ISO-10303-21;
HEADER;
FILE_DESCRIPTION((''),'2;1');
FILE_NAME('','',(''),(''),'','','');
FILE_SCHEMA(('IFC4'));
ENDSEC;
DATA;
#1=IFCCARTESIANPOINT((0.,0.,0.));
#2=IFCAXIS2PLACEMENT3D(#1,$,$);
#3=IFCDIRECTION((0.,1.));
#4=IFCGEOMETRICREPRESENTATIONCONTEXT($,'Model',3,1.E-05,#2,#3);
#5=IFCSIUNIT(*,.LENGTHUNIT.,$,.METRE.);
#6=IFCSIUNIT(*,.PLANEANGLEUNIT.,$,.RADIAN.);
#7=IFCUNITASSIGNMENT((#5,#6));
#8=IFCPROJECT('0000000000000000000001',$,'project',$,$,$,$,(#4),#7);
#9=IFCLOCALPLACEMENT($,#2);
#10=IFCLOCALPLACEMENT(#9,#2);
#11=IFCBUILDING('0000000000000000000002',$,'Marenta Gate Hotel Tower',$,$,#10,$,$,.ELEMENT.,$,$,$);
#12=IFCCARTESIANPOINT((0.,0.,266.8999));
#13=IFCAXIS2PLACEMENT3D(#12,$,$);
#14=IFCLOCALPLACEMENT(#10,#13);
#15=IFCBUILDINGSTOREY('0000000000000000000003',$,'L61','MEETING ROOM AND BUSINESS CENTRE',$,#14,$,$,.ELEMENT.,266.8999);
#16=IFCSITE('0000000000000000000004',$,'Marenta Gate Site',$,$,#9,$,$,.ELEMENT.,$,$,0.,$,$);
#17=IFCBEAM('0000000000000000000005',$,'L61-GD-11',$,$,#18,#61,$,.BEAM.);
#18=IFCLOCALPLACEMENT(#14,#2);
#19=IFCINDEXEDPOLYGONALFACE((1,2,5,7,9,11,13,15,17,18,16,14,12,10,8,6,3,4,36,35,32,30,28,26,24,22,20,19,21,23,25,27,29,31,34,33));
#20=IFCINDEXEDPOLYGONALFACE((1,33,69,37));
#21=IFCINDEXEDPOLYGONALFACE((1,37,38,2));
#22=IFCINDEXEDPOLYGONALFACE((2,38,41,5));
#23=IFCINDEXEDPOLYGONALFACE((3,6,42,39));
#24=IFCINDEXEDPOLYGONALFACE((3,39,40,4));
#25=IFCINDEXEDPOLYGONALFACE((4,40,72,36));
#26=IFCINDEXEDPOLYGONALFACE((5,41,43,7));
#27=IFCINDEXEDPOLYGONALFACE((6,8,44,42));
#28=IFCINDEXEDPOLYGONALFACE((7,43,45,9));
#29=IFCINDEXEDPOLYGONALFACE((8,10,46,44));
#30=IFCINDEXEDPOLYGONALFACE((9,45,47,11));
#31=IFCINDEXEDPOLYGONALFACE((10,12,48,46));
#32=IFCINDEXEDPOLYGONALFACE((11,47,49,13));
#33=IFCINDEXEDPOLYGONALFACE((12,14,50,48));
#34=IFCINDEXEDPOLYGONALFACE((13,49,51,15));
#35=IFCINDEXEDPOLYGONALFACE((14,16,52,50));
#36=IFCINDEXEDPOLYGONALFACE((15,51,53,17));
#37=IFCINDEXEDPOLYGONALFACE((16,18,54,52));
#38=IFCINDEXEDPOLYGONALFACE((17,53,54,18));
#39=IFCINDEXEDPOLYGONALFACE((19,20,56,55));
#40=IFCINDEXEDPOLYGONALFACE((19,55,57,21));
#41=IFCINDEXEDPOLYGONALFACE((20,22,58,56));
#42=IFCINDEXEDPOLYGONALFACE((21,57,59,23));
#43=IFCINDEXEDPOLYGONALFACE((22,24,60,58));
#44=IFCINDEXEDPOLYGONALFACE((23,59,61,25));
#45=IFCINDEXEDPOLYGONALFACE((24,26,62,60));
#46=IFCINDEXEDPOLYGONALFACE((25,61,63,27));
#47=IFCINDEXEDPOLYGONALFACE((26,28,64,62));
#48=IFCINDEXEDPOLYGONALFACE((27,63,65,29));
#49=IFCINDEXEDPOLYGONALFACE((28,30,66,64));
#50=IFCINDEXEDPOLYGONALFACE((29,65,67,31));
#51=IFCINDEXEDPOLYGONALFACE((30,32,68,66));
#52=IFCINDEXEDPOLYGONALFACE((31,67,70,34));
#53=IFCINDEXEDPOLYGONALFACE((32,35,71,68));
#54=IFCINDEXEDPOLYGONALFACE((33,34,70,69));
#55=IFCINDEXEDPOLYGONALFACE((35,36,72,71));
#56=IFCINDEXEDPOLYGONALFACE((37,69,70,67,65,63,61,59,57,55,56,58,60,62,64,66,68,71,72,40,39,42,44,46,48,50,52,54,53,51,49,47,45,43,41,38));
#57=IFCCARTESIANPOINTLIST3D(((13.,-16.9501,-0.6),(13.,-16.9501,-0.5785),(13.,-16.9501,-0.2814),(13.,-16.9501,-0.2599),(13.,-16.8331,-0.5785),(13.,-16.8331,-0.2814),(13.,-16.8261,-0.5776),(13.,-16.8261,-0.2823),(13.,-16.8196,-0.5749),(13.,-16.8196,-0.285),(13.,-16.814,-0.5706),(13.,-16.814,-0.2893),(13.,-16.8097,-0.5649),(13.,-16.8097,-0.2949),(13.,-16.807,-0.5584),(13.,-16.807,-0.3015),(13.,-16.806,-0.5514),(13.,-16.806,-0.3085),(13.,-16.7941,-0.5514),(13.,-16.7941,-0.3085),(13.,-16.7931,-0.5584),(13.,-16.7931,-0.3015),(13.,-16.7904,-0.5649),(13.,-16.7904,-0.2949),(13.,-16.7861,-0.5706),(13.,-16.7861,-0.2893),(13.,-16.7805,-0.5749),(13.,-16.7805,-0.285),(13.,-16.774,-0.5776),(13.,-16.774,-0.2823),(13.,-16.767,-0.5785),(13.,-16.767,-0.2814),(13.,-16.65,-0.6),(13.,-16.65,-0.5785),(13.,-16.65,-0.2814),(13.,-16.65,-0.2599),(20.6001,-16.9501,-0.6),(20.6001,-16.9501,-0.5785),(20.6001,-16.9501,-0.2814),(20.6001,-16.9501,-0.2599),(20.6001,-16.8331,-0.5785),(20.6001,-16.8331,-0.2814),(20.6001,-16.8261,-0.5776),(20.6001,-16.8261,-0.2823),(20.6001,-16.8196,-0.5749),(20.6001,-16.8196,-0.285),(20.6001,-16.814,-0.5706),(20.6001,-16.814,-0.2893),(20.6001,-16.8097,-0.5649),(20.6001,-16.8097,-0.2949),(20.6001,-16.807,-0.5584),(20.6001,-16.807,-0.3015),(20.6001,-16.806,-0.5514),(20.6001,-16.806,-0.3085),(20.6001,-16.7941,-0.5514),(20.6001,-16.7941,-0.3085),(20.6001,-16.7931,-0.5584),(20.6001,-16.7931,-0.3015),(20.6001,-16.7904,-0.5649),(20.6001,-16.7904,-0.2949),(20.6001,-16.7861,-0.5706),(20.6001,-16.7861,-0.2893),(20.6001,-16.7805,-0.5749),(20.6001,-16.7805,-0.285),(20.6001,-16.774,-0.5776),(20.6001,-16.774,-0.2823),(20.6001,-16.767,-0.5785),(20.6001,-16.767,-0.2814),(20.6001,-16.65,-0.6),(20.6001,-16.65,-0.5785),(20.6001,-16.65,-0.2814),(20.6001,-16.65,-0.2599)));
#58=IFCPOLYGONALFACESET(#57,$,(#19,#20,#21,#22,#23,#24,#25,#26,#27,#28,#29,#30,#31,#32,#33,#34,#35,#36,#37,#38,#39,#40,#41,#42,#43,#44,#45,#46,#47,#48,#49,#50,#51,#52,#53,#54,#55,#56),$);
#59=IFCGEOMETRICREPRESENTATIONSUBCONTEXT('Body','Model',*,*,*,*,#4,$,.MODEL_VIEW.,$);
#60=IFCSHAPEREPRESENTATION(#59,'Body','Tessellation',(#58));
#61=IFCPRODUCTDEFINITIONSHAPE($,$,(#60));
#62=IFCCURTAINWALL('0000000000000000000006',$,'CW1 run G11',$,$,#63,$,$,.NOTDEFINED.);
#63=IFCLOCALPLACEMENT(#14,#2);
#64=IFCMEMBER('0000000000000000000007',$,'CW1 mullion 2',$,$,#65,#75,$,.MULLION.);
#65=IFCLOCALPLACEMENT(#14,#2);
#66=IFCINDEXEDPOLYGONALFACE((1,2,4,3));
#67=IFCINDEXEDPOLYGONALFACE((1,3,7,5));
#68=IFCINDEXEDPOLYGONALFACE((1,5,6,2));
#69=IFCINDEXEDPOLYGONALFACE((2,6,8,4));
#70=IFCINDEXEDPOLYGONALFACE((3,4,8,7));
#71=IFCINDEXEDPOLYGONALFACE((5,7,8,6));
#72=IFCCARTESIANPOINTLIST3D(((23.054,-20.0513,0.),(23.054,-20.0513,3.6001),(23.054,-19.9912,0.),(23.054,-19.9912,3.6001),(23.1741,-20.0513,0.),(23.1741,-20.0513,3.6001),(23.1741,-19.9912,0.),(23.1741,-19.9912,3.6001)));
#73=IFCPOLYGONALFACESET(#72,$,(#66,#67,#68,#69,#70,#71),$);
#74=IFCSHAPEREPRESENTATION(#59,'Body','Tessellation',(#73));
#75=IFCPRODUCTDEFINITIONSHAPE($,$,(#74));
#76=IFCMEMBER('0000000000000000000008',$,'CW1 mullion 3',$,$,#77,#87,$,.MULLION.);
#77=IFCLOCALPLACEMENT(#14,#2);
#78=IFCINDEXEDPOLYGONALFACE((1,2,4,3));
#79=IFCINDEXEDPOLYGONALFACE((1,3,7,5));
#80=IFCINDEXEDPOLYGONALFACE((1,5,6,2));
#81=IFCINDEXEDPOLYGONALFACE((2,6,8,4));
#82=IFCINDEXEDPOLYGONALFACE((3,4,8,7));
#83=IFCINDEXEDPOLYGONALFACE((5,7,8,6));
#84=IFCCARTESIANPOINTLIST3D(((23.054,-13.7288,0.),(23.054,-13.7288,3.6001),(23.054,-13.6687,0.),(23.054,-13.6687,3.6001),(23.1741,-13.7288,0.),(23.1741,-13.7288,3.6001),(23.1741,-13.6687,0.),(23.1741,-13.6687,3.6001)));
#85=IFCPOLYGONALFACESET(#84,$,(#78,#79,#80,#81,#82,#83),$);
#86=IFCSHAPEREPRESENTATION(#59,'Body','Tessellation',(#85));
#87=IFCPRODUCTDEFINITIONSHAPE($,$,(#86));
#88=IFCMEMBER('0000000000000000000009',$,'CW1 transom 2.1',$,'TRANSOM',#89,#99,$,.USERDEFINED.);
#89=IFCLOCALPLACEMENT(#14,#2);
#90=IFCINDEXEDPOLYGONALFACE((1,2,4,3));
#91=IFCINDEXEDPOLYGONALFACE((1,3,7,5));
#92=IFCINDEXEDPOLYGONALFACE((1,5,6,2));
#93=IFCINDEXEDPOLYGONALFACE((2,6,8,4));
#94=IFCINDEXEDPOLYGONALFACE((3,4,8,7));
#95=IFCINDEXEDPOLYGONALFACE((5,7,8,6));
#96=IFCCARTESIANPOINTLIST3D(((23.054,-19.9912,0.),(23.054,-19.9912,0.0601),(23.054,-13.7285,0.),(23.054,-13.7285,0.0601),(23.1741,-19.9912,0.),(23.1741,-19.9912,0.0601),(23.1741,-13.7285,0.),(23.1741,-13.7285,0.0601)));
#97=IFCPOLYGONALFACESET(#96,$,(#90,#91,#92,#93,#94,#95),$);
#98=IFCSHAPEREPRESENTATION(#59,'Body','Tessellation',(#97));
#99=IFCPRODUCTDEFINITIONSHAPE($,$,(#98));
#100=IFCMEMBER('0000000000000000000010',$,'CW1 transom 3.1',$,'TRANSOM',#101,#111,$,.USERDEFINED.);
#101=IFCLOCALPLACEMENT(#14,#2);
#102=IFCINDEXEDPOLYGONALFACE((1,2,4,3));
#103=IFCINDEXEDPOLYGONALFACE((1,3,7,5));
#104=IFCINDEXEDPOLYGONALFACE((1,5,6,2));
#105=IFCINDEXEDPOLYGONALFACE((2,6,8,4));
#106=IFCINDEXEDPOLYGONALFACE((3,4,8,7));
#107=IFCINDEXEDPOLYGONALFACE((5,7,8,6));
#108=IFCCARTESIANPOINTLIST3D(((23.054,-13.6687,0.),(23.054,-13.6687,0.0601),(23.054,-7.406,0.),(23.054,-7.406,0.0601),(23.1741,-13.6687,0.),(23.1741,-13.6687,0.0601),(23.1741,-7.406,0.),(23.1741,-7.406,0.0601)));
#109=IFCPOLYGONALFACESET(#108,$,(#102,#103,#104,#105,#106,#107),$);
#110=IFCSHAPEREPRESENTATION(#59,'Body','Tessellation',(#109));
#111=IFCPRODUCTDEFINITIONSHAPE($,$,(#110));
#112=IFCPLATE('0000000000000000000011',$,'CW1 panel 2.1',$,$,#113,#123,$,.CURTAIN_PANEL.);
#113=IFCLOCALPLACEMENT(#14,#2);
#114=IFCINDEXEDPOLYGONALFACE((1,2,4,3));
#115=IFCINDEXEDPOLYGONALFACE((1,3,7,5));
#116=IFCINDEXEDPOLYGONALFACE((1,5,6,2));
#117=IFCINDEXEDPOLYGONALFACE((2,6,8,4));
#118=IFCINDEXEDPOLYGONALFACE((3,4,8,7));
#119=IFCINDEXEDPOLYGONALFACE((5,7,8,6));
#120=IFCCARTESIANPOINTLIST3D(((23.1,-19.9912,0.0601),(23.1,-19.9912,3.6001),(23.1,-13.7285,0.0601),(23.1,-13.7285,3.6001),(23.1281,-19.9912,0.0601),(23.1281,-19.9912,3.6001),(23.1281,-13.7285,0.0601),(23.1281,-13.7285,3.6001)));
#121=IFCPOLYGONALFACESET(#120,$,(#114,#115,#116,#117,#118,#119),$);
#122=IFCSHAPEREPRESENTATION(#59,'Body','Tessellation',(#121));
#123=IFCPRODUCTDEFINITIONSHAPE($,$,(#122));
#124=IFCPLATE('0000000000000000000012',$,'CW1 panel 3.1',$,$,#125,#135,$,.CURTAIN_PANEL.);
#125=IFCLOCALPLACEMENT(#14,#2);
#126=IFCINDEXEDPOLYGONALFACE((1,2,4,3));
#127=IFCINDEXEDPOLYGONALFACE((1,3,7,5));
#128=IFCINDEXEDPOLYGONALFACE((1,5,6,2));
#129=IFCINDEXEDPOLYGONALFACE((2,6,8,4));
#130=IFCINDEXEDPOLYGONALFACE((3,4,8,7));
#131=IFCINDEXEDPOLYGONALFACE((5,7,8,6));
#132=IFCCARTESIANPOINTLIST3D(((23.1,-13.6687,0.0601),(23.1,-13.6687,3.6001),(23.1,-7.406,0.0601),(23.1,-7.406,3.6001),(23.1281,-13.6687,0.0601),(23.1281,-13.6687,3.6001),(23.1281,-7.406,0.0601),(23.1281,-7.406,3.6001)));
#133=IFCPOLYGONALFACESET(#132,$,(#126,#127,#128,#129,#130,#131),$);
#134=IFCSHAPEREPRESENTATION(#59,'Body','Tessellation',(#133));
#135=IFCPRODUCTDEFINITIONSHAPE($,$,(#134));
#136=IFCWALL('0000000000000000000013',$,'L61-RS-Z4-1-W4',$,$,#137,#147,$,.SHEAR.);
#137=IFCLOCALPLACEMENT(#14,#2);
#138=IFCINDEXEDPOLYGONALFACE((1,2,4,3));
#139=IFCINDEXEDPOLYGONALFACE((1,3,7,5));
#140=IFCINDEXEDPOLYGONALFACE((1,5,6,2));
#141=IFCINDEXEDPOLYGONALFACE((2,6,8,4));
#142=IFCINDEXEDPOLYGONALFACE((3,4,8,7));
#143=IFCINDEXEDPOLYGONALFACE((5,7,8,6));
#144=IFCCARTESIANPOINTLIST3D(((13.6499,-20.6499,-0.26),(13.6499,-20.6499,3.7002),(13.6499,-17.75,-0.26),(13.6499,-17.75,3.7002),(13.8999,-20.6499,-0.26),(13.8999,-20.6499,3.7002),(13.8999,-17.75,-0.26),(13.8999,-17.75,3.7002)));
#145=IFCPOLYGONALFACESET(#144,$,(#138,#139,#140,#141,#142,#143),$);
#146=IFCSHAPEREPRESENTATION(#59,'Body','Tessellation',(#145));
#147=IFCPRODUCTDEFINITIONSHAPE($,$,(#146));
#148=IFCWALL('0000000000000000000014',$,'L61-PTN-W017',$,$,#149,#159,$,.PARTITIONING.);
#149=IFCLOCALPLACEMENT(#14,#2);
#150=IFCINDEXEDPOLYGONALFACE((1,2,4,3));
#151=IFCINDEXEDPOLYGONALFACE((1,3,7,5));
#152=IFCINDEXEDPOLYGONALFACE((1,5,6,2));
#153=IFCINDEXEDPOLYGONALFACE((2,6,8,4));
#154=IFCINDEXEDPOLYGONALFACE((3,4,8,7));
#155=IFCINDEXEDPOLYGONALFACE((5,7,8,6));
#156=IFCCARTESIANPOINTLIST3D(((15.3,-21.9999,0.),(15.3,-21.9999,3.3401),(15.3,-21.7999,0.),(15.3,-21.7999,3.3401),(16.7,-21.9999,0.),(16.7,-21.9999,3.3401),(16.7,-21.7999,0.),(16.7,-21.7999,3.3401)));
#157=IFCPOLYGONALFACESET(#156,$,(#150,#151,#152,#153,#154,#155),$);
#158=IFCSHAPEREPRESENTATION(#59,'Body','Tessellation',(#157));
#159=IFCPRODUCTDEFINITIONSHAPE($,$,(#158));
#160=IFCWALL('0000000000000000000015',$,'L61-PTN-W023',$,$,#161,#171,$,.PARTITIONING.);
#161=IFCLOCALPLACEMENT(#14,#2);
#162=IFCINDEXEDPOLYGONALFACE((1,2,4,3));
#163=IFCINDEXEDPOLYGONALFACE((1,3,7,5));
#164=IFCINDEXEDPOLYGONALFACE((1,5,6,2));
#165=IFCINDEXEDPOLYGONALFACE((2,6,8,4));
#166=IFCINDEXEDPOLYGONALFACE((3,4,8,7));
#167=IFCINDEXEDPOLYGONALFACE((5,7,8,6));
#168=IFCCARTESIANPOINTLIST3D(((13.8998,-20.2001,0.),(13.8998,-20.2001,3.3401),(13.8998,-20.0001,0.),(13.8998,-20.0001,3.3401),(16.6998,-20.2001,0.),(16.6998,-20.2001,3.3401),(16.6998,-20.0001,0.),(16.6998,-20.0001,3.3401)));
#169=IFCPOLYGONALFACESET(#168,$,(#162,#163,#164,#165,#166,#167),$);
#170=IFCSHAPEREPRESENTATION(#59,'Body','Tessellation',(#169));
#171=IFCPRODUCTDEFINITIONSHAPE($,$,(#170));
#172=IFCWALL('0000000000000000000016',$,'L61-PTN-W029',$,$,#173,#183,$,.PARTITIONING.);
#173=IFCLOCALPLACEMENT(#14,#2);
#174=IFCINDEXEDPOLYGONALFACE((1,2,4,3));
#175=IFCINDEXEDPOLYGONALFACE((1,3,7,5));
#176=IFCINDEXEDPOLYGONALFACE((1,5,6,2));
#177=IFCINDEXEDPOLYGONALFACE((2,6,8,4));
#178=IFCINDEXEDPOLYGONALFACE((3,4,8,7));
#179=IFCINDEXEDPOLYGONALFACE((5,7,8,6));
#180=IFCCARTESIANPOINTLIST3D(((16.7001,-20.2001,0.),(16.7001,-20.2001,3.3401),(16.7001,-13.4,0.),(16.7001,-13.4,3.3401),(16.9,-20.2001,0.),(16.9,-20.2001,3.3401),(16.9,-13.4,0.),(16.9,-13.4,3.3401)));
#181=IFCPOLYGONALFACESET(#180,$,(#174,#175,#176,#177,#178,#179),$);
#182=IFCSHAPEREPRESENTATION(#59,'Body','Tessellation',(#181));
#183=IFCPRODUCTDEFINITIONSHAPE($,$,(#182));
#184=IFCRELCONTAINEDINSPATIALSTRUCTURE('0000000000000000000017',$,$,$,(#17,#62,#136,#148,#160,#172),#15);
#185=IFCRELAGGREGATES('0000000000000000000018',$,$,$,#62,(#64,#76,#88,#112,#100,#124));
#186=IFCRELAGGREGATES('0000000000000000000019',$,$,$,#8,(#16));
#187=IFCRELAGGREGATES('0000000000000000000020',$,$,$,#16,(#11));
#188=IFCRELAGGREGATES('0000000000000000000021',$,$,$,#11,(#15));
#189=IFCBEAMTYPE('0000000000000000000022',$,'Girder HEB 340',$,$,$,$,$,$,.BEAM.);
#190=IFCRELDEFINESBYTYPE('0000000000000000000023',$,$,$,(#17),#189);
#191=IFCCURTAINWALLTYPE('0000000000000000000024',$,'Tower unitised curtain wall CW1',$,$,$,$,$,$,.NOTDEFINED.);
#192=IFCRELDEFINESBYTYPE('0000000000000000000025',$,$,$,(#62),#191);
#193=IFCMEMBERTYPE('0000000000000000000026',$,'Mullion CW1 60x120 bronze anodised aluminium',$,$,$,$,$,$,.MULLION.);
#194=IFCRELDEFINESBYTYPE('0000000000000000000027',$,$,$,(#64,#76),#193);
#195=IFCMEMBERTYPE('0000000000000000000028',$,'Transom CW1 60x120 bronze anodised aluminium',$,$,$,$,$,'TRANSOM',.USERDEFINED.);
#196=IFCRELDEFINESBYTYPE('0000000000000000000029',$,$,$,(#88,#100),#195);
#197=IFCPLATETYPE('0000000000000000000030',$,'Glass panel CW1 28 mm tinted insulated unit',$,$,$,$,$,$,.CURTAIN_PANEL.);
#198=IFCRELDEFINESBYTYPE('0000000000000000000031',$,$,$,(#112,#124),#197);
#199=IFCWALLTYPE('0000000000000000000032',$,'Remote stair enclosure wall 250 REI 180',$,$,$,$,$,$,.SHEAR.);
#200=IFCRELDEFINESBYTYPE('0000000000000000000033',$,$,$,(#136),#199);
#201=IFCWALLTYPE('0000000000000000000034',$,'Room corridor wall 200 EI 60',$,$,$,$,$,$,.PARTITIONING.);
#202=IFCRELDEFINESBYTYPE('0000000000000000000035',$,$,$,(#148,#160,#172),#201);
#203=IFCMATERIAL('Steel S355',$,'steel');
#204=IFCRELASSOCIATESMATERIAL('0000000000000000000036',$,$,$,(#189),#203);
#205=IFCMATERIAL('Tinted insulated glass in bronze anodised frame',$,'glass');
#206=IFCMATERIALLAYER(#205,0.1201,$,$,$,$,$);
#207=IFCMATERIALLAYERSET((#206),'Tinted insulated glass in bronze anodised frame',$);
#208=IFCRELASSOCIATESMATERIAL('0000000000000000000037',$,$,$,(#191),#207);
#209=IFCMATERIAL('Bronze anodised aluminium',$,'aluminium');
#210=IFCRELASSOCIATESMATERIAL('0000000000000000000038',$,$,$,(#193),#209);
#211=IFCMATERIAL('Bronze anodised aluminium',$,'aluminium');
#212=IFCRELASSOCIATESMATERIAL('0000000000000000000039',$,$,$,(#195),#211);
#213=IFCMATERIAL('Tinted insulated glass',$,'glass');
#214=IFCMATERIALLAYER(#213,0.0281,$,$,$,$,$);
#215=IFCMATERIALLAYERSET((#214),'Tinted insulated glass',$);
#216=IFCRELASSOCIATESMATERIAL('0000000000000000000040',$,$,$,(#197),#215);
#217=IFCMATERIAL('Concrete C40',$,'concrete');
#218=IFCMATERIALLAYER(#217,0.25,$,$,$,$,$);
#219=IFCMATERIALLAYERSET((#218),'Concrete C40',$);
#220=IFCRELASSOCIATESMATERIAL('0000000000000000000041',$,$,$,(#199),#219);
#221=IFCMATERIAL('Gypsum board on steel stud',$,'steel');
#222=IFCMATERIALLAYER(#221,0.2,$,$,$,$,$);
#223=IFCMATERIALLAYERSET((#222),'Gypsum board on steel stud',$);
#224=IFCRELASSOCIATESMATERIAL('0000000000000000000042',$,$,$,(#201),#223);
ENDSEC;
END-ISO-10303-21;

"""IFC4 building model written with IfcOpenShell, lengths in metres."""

from ifc_helpers import new_model, si_unit, direction, frame, frame_2d, origin, origin_2d, place, context, subcontext, project, spatial, rectangle, i_section, extrude, material, layer, layer_set, material_profile, profile_set, type_object, element, aggregate, save


model = new_model("IFC4")

# Units and contexts
model_context = context("Model", 3, precision=1e-05, world=origin(), true_north=direction((0.0, 1.0)))
body_context = subcontext(model_context, "Body", "Model", "MODEL_VIEW")
ifc_project = project(units=[si_unit("LENGTHUNIT", "METRE"), si_unit("PLANEANGLEUNIT", "RADIAN")], contexts=[model_context])

# Site, building, storey
site_placement = place(None, origin())
site = spatial("IfcSite", under=ifc_project, at=site_placement, Name="Marenta Gate Site", CompositionType="ELEMENT", RefElevation=0.0)
building_placement = place(site_placement, origin())
building = spatial("IfcBuilding", under=site, at=building_placement, Name="Marenta Gate Hotel Tower", CompositionType="ELEMENT")
storey_placement = place(building_placement, frame((0.0, 0.0, 266.8999)))
storey = spatial("IfcBuildingStorey", under=building, at=storey_placement, Name="L61", Description="MEETING ROOM AND BUSINESS CENTRE", CompositionType="ELEMENT", Elevation=266.8999)

# Beam
ifc_material_1 = material(Name="Steel S355", Category="steel")
ifc_material_profile_1 = material_profile(ifc_material_1, i_section(OverallWidth=0.3, OverallDepth=0.3401, WebThickness=0.012, FlangeThickness=0.0215, FilletRadius=0.0271, at=origin_2d()), Name="HEB 340")
ifc_profile_set_1 = profile_set([ifc_material_profile_1], Name="Steel S355")
beam_type_1 = type_object("IfcBeamType", Name="Girder HEB 340", PredefinedType="BEAM", material=ifc_profile_set_1)
beam_1_placement = place(storey_placement, frame((13.0, -16.8, -0.4299), z_axis=(1.0, 0.0, 0.0), x_axis=(0.0, 1.0, 0.0)))
element("IfcBeam", 1, at=beam_1_placement, inside=storey, type_object=beam_type_1, Name="L61-GD-11", PredefinedType="BEAM", context=body_context, shape_type="SweptSolid", body=[
    extrude(i_section(OverallWidth=0.3, OverallDepth=0.3401, WebThickness=0.012, FlangeThickness=0.0215, FilletRadius=0.0271, at=origin_2d()), origin(), (0.0, 0.0, 1.0), 7.6001),
])

# Curtain wall, members, plates
ifc_material_2 = material(Name="Tinted insulated glass in bronze anodised frame", Category="glass")
ifc_layer_1 = layer(ifc_material_2, 0.1201)
ifc_layer_set_1 = layer_set([ifc_layer_1], Name="Tinted insulated glass in bronze anodised frame")
curtain_wall_type = type_object("IfcCurtainWallType", Name="Tower unitised curtain wall CW1", PredefinedType="NOTDEFINED", material=ifc_layer_set_1)
curtain_wall_placement = place(storey_placement, origin())
curtain_wall = element("IfcCurtainWall", 2, at=curtain_wall_placement, inside=storey, type_object=curtain_wall_type, Name="CW1 run G11", PredefinedType="NOTDEFINED")
ifc_material_3 = material(Name="Bronze anodised aluminium", Category="aluminium")
ifc_material_profile_2 = material_profile(ifc_material_3, rectangle(XDim=0.1201, YDim=0.0601, at=origin_2d()), Name="Mullion CW1 60x120 bronze anodised aluminium")
ifc_profile_set_2 = profile_set([ifc_material_profile_2], Name="Bronze anodised aluminium")
member_type_1 = type_object("IfcMemberType", Name="Mullion CW1 60x120 bronze anodised aluminium", PredefinedType="MULLION", material=ifc_profile_set_2)
member_1_placement = place(storey_placement, frame((23.114, -20.0212, 0.0), z_axis=(0.0, 0.0, 1.0), x_axis=(-1.0, 0.0, 0.0)))
member_1 = element("IfcMember", 3, at=member_1_placement, type_object=member_type_1, Name="CW1 mullion 2", PredefinedType="MULLION", context=body_context, shape_type="SweptSolid", body=[
    extrude(rectangle(XDim=0.1201, YDim=0.0601, at=origin_2d()), origin(), (0.0, 0.0, 1.0), 3.6001),
])
member_2_placement = place(storey_placement, frame((23.114, -13.6987, 0.0), z_axis=(0.0, 0.0, 1.0), x_axis=(-1.0, 0.0, 0.0)))
member_2 = element("IfcMember", 4, at=member_2_placement, type_object=member_type_1, Name="CW1 mullion 3", PredefinedType="MULLION", context=body_context, shape_type="SweptSolid", body=[
    extrude(rectangle(XDim=0.1201, YDim=0.0601, at=origin_2d()), origin(), (0.0, 0.0, 1.0), 3.6001),
])
ifc_material_4 = material(Name="Bronze anodised aluminium", Category="aluminium")
ifc_material_profile_3 = material_profile(ifc_material_4, rectangle(XDim=0.1201, YDim=0.0601, at=origin_2d()), Name="Transom CW1 60x120 bronze anodised aluminium")
ifc_profile_set_3 = profile_set([ifc_material_profile_3], Name="Bronze anodised aluminium")
member_type_2 = type_object("IfcMemberType", Name="Transom CW1 60x120 bronze anodised aluminium", ElementType="TRANSOM", PredefinedType="USERDEFINED", material=ifc_profile_set_3)
member_3_placement = place(storey_placement, frame((23.114, -19.9912, 0.03), z_axis=(0.0, 1.0, 0.0), x_axis=(-1.0, 0.0, 0.0)))
member_3 = element("IfcMember", 5, at=member_3_placement, type_object=member_type_2, Name="CW1 transom 2.1", ObjectType="TRANSOM", PredefinedType="USERDEFINED", context=body_context, shape_type="SweptSolid", body=[
    extrude(rectangle(XDim=0.1201, YDim=0.0601, at=origin_2d()), origin(), (0.0, 0.0, 1.0), 6.2627),
])
member_4_placement = place(storey_placement, frame((23.114, -13.6687, 0.03), z_axis=(0.0, 1.0, 0.0), x_axis=(-1.0, 0.0, 0.0)))
member_4 = element("IfcMember", 6, at=member_4_placement, type_object=member_type_2, Name="CW1 transom 3.1", ObjectType="TRANSOM", PredefinedType="USERDEFINED", context=body_context, shape_type="SweptSolid", body=[
    extrude(rectangle(XDim=0.1201, YDim=0.0601, at=origin_2d()), origin(), (0.0, 0.0, 1.0), 6.2627),
])
ifc_material_5 = material(Name="Tinted insulated glass", Category="glass")
ifc_layer_2 = layer(ifc_material_5, 0.0281)
ifc_layer_set_2 = layer_set([ifc_layer_2], Name="Tinted insulated glass")
plate_type = type_object("IfcPlateType", Name="Glass panel CW1 28 mm tinted insulated unit", PredefinedType="CURTAIN_PANEL", material=ifc_layer_set_2)
plate_1_placement = place(storey_placement, frame((23.114, -16.8599, 0.0601), z_axis=(0.0, 0.0, 1.0), x_axis=(0.0, 1.0, 0.0)))
plate_1 = element("IfcPlate", 7, at=plate_1_placement, type_object=plate_type, Name="CW1 panel 2.1", PredefinedType="CURTAIN_PANEL", context=body_context, shape_type="SweptSolid", body=[
    extrude(rectangle(XDim=6.2627, YDim=0.0281, at=origin_2d()), origin(), (0.0, 0.0, 1.0), 3.54),
])
plate_2_placement = place(storey_placement, frame((23.114, -10.5374, 0.0601), z_axis=(0.0, 0.0, 1.0), x_axis=(0.0, 1.0, 0.0)))
plate_2 = element("IfcPlate", 8, at=plate_2_placement, type_object=plate_type, Name="CW1 panel 3.1", PredefinedType="CURTAIN_PANEL", context=body_context, shape_type="SweptSolid", body=[
    extrude(rectangle(XDim=6.2627, YDim=0.0281, at=origin_2d()), origin(), (0.0, 0.0, 1.0), 3.54),
])
aggregate(curtain_wall, [member_1, member_2, member_3, plate_1, member_4, plate_2])

# Walls
ifc_material_6 = material(Name="Concrete C40", Category="concrete")
ifc_layer_3 = layer(ifc_material_6, 0.25)
ifc_layer_set_3 = layer_set([ifc_layer_3], Name="Concrete C40")
wall_type_1 = type_object("IfcWallType", Name="Remote stair enclosure wall 250 REI 180", PredefinedType="SHEAR", material=ifc_layer_set_3)
wall_1_placement = place(storey_placement, frame((13.7749, -20.6499, -0.26), z_axis=(0.0, 0.0, 1.0), x_axis=(0.0, 1.0, 0.0)))
element("IfcWall", 9, at=wall_1_placement, inside=storey, type_object=wall_type_1, Name="L61-RS-Z4-1-W4", PredefinedType="SHEAR", context=body_context, shape_type="SweptSolid", body=[
    extrude(rectangle(XDim=2.8999, YDim=0.25, at=frame_2d((1.45, 0.0))), origin(), (0.0, 0.0, 1.0), 3.9602),
])
ifc_material_7 = material(Name="Gypsum board on steel stud", Category="steel")
ifc_layer_4 = layer(ifc_material_7, 0.2)
ifc_layer_set_4 = layer_set([ifc_layer_4], Name="Gypsum board on steel stud")
wall_type_2 = type_object("IfcWallType", Name="Room corridor wall 200 EI 60", PredefinedType="PARTITIONING", material=ifc_layer_set_4)
wall_2_placement = place(storey_placement, frame((15.3, -21.8999, 0.0), z_axis=(0.0, 0.0, 1.0), x_axis=(1.0, 0.0, 0.0)))
element("IfcWall", 10, at=wall_2_placement, inside=storey, type_object=wall_type_2, Name="L61-PTN-W017", PredefinedType="PARTITIONING", context=body_context, shape_type="SweptSolid", body=[
    extrude(rectangle(XDim=1.3999, YDim=0.2, at=frame_2d((0.7, 0.0))), origin(), (0.0, 0.0, 1.0), 3.3401),
])
wall_3_placement = place(storey_placement, frame((13.8999, -20.1001, 0.0), z_axis=(0.0, 0.0, 1.0), x_axis=(1.0, 0.0, 0.0)))
element("IfcWall", 11, at=wall_3_placement, inside=storey, type_object=wall_type_2, Name="L61-PTN-W023", PredefinedType="PARTITIONING", context=body_context, shape_type="SweptSolid", body=[
    extrude(rectangle(XDim=2.8, YDim=0.2, at=frame_2d((1.3999, 0.0))), origin(), (0.0, 0.0, 1.0), 3.3401),
])
wall_4_placement = place(storey_placement, frame((16.8, -20.2, 0.0), z_axis=(0.0, 0.0, 1.0), x_axis=(0.0, 1.0, 0.0)))
element("IfcWall", 12, at=wall_4_placement, inside=storey, type_object=wall_type_2, Name="L61-PTN-W029", PredefinedType="PARTITIONING", context=body_context, shape_type="SweptSolid", body=[
    extrude(rectangle(XDim=6.8, YDim=0.2, at=frame_2d((3.3999, 0.0))), origin(), (0.0, 0.0, 1.0), 3.3401),
])

save(model, "model.ifc")
